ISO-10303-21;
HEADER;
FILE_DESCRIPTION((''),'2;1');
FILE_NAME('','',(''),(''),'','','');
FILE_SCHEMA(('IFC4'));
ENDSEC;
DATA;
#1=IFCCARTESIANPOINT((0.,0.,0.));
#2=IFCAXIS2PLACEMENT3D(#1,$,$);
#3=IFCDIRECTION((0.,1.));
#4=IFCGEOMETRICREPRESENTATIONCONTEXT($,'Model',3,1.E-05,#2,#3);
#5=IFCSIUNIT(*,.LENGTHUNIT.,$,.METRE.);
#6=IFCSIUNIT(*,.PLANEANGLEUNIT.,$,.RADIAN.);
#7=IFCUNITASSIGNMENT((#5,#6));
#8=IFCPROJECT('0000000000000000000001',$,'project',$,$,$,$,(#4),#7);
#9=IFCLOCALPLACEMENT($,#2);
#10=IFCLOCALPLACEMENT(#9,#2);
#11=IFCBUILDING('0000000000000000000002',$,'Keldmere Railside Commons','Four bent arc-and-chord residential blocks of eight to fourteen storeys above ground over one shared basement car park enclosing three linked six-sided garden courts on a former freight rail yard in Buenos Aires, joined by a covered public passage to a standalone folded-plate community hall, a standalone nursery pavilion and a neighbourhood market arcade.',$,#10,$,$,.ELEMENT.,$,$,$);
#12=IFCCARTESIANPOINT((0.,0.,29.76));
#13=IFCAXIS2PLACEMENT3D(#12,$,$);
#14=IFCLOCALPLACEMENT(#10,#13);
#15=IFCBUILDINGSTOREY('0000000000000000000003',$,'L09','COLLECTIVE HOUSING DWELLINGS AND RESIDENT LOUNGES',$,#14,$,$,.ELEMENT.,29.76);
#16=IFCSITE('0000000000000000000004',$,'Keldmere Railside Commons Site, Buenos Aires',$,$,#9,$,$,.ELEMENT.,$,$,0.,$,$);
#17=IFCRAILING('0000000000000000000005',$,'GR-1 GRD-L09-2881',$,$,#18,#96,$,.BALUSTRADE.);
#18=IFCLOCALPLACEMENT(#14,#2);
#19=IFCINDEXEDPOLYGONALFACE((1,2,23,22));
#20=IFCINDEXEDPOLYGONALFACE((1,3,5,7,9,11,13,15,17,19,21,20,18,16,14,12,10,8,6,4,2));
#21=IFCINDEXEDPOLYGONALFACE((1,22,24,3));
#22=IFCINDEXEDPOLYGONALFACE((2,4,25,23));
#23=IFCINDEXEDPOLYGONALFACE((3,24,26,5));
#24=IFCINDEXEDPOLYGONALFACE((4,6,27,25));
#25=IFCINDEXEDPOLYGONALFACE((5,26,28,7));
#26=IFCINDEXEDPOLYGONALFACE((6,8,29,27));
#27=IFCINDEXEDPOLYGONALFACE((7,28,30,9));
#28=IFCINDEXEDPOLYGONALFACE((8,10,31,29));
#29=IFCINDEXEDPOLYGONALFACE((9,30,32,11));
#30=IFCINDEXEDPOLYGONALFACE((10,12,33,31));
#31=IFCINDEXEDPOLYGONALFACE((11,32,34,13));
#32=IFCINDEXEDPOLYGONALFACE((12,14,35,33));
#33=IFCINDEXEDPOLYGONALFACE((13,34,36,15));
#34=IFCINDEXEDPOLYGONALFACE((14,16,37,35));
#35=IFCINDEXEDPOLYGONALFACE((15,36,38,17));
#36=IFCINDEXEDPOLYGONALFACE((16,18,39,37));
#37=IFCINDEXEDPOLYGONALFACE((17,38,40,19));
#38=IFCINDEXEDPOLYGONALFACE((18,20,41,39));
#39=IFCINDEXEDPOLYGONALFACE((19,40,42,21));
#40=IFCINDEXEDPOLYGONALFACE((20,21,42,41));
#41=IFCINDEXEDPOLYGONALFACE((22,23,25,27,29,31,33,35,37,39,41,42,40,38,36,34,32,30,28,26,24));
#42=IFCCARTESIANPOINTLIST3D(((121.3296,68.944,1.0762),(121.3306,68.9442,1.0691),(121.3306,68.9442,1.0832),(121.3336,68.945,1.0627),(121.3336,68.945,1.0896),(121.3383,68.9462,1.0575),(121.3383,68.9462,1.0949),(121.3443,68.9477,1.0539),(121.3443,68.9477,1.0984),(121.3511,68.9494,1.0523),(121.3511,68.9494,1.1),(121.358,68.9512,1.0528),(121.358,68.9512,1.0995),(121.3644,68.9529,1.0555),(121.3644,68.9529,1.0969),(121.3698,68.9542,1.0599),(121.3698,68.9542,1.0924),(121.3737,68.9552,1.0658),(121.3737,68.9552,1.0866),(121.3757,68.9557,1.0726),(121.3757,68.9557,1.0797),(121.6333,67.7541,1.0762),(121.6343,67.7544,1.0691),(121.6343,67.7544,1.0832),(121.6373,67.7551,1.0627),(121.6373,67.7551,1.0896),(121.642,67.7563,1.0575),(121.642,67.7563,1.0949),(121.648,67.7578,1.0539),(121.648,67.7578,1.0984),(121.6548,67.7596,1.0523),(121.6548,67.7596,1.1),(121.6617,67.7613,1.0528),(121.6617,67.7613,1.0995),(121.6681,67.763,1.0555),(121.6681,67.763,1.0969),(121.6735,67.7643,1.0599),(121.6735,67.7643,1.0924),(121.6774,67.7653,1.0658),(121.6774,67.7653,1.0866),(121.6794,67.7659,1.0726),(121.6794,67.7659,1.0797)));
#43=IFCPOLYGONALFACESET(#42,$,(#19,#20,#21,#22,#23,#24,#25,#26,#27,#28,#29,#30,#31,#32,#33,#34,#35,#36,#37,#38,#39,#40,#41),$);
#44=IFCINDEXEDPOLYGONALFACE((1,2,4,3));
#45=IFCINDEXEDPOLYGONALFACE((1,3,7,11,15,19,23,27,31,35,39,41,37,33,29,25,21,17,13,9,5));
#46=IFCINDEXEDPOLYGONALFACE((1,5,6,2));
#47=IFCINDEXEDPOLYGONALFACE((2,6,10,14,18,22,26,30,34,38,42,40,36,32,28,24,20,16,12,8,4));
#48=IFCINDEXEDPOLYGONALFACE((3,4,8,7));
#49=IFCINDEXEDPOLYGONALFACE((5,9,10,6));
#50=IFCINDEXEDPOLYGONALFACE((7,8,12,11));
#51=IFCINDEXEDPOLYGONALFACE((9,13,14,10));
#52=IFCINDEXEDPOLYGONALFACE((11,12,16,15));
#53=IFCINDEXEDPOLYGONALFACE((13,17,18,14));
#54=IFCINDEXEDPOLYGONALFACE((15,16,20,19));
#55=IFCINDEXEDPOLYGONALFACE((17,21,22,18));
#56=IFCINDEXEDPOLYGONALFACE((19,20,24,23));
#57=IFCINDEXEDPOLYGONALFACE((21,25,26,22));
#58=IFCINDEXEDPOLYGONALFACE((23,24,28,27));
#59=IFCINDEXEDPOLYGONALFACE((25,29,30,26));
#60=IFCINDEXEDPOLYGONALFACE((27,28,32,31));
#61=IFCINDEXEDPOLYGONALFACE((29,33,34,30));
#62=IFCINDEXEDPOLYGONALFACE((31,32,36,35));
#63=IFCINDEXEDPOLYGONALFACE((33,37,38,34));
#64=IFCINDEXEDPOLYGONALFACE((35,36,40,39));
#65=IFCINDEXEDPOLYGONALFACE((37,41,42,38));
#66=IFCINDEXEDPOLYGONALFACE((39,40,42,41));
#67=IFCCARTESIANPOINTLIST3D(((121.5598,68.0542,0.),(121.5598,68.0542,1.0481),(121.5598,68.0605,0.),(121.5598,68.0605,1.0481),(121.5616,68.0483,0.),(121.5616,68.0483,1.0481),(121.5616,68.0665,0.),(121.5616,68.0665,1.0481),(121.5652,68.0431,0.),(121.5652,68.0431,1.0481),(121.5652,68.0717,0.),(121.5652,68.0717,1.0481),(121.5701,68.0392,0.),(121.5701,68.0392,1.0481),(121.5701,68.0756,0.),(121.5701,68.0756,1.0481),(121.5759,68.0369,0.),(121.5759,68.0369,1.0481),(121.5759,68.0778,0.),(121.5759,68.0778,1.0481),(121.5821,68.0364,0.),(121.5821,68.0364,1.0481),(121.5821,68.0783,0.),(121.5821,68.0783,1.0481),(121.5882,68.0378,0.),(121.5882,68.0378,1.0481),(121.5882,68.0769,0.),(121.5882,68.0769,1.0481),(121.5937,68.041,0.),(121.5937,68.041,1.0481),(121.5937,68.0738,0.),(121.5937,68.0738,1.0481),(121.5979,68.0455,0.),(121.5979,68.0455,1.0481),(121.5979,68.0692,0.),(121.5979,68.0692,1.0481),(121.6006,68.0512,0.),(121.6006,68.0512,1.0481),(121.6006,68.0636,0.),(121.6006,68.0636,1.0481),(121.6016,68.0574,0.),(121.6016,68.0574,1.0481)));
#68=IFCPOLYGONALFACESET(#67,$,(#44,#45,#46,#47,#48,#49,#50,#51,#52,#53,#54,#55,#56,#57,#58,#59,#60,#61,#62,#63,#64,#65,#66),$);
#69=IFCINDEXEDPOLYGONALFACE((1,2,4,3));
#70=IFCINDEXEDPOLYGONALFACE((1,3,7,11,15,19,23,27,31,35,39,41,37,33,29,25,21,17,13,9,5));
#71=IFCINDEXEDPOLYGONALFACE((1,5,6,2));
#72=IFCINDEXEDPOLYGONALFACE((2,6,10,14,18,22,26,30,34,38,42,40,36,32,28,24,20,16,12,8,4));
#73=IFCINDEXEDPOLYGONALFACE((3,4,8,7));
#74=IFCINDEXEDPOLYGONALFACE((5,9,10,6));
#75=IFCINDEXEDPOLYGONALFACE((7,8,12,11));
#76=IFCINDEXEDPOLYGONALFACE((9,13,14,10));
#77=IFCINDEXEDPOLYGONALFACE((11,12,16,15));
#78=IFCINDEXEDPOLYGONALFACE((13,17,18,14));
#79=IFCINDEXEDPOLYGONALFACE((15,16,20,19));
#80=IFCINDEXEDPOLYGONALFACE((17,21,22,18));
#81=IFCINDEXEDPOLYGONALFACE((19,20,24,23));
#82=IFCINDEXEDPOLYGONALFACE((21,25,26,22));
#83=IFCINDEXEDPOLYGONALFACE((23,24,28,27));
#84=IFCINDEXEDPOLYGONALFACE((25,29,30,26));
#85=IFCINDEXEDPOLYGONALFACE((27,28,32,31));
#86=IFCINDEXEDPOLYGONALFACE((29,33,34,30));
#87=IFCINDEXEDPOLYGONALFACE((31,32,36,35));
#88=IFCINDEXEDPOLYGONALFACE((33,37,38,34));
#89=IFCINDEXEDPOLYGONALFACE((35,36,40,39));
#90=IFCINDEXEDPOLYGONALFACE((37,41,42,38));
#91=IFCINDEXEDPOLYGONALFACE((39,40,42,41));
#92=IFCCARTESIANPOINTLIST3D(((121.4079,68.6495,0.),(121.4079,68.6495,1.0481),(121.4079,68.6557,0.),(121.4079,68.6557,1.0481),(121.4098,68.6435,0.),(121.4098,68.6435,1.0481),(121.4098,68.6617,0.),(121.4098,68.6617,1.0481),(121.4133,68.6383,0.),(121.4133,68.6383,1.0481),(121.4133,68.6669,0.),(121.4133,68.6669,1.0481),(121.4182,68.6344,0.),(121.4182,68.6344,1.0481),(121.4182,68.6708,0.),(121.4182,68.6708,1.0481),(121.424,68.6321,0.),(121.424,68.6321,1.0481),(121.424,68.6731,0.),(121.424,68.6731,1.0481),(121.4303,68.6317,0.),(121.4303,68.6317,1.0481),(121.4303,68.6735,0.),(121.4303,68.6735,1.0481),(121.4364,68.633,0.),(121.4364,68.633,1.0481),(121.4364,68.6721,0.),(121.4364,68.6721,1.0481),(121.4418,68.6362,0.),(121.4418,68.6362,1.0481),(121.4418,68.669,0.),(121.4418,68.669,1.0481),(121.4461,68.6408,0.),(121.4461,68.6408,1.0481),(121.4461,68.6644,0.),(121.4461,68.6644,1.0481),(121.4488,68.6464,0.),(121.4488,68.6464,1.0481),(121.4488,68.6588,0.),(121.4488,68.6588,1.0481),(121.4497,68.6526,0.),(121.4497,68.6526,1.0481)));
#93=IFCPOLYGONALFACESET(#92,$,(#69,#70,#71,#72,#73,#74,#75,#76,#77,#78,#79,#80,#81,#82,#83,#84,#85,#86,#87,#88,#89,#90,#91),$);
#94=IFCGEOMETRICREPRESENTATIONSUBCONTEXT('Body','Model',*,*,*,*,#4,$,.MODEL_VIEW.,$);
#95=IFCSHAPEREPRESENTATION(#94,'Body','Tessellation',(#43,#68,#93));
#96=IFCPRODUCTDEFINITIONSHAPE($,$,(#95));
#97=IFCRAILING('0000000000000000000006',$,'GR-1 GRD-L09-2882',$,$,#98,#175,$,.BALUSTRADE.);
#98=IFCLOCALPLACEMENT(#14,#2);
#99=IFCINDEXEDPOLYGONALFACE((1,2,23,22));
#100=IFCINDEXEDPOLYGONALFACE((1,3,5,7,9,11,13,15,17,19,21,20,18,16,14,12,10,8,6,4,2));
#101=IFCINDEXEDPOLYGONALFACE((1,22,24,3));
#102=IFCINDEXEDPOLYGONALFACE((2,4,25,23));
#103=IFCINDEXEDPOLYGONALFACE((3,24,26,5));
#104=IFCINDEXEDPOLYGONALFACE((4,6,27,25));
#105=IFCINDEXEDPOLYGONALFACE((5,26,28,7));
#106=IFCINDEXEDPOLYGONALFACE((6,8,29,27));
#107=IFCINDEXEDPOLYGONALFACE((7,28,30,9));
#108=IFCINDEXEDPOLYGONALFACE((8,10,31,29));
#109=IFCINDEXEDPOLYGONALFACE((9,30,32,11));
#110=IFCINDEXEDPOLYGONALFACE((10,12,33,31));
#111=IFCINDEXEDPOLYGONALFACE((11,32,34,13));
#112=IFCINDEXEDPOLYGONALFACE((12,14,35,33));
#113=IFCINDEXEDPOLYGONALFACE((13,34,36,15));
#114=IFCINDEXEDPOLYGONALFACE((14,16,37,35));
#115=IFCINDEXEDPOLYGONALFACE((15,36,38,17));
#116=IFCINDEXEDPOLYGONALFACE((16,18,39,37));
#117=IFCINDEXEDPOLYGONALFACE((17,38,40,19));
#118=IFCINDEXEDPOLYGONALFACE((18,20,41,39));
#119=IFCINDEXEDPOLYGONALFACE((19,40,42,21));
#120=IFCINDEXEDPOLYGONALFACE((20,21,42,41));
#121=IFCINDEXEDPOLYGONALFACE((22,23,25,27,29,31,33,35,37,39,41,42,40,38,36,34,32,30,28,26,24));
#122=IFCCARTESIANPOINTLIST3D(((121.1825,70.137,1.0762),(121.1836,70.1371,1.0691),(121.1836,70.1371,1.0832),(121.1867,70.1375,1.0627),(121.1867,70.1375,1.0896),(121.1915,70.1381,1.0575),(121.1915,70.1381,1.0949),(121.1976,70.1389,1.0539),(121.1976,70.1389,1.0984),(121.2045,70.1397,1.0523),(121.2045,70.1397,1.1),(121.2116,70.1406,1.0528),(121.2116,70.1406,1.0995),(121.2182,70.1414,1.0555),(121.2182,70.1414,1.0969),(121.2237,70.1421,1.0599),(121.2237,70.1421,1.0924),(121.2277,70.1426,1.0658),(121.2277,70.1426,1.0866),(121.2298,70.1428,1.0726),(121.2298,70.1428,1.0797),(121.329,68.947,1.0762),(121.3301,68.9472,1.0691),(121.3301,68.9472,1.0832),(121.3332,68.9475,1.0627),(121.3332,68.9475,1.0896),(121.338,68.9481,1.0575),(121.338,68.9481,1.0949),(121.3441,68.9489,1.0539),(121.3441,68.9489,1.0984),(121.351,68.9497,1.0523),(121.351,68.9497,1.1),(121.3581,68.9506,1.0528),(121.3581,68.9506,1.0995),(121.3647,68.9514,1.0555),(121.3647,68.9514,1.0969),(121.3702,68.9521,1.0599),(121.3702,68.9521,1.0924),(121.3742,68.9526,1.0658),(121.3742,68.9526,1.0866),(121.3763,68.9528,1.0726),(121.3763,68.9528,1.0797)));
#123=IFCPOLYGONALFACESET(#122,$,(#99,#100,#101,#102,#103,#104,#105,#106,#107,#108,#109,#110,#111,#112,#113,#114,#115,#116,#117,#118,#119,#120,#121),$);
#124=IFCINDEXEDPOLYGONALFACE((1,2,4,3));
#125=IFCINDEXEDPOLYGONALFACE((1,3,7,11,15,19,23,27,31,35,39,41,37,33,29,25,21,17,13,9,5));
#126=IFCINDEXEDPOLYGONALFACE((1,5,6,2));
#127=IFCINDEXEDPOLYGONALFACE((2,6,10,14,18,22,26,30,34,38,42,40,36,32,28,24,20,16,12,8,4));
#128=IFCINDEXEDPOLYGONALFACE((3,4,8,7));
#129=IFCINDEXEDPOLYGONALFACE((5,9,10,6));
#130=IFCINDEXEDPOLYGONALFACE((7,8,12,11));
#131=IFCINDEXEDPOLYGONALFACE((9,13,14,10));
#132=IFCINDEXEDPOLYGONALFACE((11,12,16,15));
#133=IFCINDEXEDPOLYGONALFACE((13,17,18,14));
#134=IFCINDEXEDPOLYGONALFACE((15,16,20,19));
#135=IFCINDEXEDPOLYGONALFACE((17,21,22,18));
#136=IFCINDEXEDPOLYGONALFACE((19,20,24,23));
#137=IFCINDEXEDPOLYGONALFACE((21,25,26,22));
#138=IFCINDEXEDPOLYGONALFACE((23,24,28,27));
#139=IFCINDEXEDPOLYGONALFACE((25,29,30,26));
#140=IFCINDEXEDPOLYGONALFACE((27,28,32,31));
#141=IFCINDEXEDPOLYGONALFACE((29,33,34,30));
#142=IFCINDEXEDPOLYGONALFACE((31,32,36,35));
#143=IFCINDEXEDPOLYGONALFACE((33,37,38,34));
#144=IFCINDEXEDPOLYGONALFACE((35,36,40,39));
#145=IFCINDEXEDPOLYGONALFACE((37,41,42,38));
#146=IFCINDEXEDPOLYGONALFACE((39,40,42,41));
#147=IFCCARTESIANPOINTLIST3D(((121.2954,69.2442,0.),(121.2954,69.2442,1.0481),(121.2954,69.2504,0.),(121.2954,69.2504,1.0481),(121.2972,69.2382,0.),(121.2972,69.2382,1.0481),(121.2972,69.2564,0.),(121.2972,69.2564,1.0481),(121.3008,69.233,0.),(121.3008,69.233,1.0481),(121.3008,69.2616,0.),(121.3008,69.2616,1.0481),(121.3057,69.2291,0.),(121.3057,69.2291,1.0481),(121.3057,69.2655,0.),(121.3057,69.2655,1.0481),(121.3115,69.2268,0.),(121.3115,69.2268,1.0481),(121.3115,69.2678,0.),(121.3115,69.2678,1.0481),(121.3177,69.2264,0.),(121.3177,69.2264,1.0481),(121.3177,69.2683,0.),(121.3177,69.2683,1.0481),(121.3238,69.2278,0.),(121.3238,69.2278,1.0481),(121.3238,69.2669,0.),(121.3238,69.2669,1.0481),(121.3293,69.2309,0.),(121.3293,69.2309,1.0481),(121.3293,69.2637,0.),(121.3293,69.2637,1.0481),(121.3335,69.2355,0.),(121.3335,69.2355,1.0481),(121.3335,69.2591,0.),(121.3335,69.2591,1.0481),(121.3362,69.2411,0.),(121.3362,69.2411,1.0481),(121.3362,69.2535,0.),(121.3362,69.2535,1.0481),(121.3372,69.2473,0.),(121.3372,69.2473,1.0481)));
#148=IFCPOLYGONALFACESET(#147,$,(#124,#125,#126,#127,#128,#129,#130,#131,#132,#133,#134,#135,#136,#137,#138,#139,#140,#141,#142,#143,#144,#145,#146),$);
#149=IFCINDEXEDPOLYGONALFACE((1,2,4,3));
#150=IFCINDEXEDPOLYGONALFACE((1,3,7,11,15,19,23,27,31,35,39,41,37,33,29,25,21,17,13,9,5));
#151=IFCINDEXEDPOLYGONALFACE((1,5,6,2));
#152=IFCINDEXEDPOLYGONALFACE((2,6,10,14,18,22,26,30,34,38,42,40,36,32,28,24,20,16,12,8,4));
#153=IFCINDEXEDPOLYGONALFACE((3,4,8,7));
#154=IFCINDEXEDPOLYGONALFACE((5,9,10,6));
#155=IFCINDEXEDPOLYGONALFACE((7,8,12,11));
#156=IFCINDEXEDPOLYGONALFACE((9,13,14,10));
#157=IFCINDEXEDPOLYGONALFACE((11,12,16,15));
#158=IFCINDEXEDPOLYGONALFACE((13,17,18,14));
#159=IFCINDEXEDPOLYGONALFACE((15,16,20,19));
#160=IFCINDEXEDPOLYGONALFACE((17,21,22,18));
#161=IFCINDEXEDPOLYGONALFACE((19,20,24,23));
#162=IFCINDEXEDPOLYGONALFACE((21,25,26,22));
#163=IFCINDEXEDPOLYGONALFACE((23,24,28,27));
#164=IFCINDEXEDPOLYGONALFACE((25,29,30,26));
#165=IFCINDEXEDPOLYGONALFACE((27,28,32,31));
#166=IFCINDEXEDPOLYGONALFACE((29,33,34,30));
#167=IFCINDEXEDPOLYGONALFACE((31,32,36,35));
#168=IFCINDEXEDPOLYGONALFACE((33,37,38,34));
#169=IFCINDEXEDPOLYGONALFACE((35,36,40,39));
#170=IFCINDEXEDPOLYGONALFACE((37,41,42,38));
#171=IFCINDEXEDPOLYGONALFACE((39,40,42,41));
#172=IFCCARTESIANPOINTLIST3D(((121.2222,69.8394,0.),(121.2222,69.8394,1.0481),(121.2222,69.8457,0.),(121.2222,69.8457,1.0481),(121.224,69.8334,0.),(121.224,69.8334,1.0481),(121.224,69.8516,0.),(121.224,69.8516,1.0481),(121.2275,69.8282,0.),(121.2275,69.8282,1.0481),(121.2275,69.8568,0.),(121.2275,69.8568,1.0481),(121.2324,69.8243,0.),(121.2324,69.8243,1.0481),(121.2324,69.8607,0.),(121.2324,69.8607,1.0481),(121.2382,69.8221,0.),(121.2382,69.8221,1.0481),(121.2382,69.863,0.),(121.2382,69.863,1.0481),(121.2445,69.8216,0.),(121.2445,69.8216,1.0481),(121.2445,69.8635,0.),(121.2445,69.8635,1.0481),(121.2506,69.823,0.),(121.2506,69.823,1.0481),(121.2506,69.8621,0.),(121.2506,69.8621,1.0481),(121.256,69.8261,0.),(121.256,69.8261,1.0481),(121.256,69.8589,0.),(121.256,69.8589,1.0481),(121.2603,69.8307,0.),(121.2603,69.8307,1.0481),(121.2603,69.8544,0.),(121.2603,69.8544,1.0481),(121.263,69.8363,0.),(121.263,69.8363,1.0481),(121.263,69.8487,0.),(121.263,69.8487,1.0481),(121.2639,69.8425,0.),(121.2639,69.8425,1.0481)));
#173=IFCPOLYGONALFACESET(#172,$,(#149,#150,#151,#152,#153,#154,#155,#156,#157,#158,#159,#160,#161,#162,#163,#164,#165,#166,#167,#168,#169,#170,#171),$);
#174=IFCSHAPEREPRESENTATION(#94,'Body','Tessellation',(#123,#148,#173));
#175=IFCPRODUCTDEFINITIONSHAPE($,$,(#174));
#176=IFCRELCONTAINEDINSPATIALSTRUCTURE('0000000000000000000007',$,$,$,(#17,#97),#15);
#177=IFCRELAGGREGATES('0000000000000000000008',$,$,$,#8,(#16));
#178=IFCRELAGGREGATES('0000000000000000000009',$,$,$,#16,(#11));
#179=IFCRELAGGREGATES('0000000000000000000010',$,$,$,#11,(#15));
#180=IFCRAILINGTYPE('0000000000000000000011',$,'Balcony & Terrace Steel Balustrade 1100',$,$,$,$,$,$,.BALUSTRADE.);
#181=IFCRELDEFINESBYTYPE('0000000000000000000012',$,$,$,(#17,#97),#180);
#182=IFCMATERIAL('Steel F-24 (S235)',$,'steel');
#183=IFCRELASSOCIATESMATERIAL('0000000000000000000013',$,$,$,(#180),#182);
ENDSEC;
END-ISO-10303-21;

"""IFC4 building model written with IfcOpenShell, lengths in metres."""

from ifc_helpers import new_model, si_unit, direction, frame, origin, origin_2d, place, context, subcontext, project, spatial, circle, extrude, material, type_object, element, save


model = new_model("IFC4")

# Units and contexts
model_context = context("Model", 3, precision=1e-05, world=origin(), true_north=direction((0.0, 1.0)))
body_context = subcontext(model_context, "Body", "Model", "MODEL_VIEW")
ifc_project = project(units=[si_unit("LENGTHUNIT", "METRE"), si_unit("PLANEANGLEUNIT", "RADIAN")], contexts=[model_context])

# Site, building, storey
site_placement = place(None, origin())
site = spatial("IfcSite", under=ifc_project, at=site_placement, Name="Keldmere Railside Commons Site, Buenos Aires", CompositionType="ELEMENT", RefElevation=0.0)
building_placement = place(site_placement, origin())
building = spatial("IfcBuilding", under=site, at=building_placement, Name="Keldmere Railside Commons", Description="Four bent arc-and-chord residential blocks of eight to fourteen storeys above ground over one shared basement car park enclosing three linked six-sided garden courts on a former freight rail yard in Buenos Aires, joined by a covered public passage to a standalone folded-plate community hall, a standalone nursery pavilion and a neighbourhood market arcade.", CompositionType="ELEMENT")
storey_placement = place(building_placement, frame((0.0, 0.0, 29.76)))
storey = spatial("IfcBuildingStorey", under=building, at=storey_placement, Name="L09", Description="COLLECTIVE HOUSING DWELLINGS AND RESIDENT LOUNGES", CompositionType="ELEMENT", Elevation=29.76)

# Railings
ifc_material_1 = material(Name="Steel F-24 (S235)", Category="steel")
railing_type = type_object("IfcRailingType", Name="Balcony & Terrace Steel Balustrade 1100", PredefinedType="BALUSTRADE", material=ifc_material_1)
railing_1_placement = place(storey_placement, frame((121.6565, 67.76, 0.0)))
element("IfcRailing", 1, at=railing_1_placement, inside=storey, type_object=railing_type, Name="GR-1 GRD-L09-2881", PredefinedType="BALUSTRADE", context=body_context, shape_type="SweptSolid", body=[
    extrude(circle(Radius=0.0239, at=origin_2d()), frame((0.0, 0.0, 1.0762), z_axis=(-0.247304, 0.968938, 0.0), x_axis=(-0.968938, -0.247304, 0.0)), (0.0, 0.0, 1.0), 1.228),
    extrude(circle(Radius=0.021, at=origin_2d()), frame((-0.0759, 0.2974, 0.0)), (0.0, 0.0, 1.0), 1.0481),
    extrude(circle(Radius=0.021, at=origin_2d()), frame((-0.2278, 0.8926, 0.0)), (0.0, 0.0, 1.0), 1.0481),
])
railing_2_placement = place(storey_placement, frame((121.3528, 68.95, 0.0)))
element("IfcRailing", 2, at=railing_2_placement, inside=storey, type_object=railing_type, Name="GR-1 GRD-L09-2882", PredefinedType="BALUSTRADE", context=body_context, shape_type="SweptSolid", body=[
    extrude(circle(Radius=0.0239, at=origin_2d()), frame((0.0, 0.0, 1.0762), z_axis=(-0.12218, 0.992508, 0.0), x_axis=(-0.992508, -0.12218, 0.0)), (0.0, 0.0, 1.0), 1.199),
    extrude(circle(Radius=0.021, at=origin_2d()), frame((-0.0366, 0.2974, 0.0)), (0.0, 0.0, 1.0), 1.0481),
    extrude(circle(Radius=0.021, at=origin_2d()), frame((-0.1099, 0.8926, 0.0)), (0.0, 0.0, 1.0), 1.0481),
])

save(model, "model.ifc")
